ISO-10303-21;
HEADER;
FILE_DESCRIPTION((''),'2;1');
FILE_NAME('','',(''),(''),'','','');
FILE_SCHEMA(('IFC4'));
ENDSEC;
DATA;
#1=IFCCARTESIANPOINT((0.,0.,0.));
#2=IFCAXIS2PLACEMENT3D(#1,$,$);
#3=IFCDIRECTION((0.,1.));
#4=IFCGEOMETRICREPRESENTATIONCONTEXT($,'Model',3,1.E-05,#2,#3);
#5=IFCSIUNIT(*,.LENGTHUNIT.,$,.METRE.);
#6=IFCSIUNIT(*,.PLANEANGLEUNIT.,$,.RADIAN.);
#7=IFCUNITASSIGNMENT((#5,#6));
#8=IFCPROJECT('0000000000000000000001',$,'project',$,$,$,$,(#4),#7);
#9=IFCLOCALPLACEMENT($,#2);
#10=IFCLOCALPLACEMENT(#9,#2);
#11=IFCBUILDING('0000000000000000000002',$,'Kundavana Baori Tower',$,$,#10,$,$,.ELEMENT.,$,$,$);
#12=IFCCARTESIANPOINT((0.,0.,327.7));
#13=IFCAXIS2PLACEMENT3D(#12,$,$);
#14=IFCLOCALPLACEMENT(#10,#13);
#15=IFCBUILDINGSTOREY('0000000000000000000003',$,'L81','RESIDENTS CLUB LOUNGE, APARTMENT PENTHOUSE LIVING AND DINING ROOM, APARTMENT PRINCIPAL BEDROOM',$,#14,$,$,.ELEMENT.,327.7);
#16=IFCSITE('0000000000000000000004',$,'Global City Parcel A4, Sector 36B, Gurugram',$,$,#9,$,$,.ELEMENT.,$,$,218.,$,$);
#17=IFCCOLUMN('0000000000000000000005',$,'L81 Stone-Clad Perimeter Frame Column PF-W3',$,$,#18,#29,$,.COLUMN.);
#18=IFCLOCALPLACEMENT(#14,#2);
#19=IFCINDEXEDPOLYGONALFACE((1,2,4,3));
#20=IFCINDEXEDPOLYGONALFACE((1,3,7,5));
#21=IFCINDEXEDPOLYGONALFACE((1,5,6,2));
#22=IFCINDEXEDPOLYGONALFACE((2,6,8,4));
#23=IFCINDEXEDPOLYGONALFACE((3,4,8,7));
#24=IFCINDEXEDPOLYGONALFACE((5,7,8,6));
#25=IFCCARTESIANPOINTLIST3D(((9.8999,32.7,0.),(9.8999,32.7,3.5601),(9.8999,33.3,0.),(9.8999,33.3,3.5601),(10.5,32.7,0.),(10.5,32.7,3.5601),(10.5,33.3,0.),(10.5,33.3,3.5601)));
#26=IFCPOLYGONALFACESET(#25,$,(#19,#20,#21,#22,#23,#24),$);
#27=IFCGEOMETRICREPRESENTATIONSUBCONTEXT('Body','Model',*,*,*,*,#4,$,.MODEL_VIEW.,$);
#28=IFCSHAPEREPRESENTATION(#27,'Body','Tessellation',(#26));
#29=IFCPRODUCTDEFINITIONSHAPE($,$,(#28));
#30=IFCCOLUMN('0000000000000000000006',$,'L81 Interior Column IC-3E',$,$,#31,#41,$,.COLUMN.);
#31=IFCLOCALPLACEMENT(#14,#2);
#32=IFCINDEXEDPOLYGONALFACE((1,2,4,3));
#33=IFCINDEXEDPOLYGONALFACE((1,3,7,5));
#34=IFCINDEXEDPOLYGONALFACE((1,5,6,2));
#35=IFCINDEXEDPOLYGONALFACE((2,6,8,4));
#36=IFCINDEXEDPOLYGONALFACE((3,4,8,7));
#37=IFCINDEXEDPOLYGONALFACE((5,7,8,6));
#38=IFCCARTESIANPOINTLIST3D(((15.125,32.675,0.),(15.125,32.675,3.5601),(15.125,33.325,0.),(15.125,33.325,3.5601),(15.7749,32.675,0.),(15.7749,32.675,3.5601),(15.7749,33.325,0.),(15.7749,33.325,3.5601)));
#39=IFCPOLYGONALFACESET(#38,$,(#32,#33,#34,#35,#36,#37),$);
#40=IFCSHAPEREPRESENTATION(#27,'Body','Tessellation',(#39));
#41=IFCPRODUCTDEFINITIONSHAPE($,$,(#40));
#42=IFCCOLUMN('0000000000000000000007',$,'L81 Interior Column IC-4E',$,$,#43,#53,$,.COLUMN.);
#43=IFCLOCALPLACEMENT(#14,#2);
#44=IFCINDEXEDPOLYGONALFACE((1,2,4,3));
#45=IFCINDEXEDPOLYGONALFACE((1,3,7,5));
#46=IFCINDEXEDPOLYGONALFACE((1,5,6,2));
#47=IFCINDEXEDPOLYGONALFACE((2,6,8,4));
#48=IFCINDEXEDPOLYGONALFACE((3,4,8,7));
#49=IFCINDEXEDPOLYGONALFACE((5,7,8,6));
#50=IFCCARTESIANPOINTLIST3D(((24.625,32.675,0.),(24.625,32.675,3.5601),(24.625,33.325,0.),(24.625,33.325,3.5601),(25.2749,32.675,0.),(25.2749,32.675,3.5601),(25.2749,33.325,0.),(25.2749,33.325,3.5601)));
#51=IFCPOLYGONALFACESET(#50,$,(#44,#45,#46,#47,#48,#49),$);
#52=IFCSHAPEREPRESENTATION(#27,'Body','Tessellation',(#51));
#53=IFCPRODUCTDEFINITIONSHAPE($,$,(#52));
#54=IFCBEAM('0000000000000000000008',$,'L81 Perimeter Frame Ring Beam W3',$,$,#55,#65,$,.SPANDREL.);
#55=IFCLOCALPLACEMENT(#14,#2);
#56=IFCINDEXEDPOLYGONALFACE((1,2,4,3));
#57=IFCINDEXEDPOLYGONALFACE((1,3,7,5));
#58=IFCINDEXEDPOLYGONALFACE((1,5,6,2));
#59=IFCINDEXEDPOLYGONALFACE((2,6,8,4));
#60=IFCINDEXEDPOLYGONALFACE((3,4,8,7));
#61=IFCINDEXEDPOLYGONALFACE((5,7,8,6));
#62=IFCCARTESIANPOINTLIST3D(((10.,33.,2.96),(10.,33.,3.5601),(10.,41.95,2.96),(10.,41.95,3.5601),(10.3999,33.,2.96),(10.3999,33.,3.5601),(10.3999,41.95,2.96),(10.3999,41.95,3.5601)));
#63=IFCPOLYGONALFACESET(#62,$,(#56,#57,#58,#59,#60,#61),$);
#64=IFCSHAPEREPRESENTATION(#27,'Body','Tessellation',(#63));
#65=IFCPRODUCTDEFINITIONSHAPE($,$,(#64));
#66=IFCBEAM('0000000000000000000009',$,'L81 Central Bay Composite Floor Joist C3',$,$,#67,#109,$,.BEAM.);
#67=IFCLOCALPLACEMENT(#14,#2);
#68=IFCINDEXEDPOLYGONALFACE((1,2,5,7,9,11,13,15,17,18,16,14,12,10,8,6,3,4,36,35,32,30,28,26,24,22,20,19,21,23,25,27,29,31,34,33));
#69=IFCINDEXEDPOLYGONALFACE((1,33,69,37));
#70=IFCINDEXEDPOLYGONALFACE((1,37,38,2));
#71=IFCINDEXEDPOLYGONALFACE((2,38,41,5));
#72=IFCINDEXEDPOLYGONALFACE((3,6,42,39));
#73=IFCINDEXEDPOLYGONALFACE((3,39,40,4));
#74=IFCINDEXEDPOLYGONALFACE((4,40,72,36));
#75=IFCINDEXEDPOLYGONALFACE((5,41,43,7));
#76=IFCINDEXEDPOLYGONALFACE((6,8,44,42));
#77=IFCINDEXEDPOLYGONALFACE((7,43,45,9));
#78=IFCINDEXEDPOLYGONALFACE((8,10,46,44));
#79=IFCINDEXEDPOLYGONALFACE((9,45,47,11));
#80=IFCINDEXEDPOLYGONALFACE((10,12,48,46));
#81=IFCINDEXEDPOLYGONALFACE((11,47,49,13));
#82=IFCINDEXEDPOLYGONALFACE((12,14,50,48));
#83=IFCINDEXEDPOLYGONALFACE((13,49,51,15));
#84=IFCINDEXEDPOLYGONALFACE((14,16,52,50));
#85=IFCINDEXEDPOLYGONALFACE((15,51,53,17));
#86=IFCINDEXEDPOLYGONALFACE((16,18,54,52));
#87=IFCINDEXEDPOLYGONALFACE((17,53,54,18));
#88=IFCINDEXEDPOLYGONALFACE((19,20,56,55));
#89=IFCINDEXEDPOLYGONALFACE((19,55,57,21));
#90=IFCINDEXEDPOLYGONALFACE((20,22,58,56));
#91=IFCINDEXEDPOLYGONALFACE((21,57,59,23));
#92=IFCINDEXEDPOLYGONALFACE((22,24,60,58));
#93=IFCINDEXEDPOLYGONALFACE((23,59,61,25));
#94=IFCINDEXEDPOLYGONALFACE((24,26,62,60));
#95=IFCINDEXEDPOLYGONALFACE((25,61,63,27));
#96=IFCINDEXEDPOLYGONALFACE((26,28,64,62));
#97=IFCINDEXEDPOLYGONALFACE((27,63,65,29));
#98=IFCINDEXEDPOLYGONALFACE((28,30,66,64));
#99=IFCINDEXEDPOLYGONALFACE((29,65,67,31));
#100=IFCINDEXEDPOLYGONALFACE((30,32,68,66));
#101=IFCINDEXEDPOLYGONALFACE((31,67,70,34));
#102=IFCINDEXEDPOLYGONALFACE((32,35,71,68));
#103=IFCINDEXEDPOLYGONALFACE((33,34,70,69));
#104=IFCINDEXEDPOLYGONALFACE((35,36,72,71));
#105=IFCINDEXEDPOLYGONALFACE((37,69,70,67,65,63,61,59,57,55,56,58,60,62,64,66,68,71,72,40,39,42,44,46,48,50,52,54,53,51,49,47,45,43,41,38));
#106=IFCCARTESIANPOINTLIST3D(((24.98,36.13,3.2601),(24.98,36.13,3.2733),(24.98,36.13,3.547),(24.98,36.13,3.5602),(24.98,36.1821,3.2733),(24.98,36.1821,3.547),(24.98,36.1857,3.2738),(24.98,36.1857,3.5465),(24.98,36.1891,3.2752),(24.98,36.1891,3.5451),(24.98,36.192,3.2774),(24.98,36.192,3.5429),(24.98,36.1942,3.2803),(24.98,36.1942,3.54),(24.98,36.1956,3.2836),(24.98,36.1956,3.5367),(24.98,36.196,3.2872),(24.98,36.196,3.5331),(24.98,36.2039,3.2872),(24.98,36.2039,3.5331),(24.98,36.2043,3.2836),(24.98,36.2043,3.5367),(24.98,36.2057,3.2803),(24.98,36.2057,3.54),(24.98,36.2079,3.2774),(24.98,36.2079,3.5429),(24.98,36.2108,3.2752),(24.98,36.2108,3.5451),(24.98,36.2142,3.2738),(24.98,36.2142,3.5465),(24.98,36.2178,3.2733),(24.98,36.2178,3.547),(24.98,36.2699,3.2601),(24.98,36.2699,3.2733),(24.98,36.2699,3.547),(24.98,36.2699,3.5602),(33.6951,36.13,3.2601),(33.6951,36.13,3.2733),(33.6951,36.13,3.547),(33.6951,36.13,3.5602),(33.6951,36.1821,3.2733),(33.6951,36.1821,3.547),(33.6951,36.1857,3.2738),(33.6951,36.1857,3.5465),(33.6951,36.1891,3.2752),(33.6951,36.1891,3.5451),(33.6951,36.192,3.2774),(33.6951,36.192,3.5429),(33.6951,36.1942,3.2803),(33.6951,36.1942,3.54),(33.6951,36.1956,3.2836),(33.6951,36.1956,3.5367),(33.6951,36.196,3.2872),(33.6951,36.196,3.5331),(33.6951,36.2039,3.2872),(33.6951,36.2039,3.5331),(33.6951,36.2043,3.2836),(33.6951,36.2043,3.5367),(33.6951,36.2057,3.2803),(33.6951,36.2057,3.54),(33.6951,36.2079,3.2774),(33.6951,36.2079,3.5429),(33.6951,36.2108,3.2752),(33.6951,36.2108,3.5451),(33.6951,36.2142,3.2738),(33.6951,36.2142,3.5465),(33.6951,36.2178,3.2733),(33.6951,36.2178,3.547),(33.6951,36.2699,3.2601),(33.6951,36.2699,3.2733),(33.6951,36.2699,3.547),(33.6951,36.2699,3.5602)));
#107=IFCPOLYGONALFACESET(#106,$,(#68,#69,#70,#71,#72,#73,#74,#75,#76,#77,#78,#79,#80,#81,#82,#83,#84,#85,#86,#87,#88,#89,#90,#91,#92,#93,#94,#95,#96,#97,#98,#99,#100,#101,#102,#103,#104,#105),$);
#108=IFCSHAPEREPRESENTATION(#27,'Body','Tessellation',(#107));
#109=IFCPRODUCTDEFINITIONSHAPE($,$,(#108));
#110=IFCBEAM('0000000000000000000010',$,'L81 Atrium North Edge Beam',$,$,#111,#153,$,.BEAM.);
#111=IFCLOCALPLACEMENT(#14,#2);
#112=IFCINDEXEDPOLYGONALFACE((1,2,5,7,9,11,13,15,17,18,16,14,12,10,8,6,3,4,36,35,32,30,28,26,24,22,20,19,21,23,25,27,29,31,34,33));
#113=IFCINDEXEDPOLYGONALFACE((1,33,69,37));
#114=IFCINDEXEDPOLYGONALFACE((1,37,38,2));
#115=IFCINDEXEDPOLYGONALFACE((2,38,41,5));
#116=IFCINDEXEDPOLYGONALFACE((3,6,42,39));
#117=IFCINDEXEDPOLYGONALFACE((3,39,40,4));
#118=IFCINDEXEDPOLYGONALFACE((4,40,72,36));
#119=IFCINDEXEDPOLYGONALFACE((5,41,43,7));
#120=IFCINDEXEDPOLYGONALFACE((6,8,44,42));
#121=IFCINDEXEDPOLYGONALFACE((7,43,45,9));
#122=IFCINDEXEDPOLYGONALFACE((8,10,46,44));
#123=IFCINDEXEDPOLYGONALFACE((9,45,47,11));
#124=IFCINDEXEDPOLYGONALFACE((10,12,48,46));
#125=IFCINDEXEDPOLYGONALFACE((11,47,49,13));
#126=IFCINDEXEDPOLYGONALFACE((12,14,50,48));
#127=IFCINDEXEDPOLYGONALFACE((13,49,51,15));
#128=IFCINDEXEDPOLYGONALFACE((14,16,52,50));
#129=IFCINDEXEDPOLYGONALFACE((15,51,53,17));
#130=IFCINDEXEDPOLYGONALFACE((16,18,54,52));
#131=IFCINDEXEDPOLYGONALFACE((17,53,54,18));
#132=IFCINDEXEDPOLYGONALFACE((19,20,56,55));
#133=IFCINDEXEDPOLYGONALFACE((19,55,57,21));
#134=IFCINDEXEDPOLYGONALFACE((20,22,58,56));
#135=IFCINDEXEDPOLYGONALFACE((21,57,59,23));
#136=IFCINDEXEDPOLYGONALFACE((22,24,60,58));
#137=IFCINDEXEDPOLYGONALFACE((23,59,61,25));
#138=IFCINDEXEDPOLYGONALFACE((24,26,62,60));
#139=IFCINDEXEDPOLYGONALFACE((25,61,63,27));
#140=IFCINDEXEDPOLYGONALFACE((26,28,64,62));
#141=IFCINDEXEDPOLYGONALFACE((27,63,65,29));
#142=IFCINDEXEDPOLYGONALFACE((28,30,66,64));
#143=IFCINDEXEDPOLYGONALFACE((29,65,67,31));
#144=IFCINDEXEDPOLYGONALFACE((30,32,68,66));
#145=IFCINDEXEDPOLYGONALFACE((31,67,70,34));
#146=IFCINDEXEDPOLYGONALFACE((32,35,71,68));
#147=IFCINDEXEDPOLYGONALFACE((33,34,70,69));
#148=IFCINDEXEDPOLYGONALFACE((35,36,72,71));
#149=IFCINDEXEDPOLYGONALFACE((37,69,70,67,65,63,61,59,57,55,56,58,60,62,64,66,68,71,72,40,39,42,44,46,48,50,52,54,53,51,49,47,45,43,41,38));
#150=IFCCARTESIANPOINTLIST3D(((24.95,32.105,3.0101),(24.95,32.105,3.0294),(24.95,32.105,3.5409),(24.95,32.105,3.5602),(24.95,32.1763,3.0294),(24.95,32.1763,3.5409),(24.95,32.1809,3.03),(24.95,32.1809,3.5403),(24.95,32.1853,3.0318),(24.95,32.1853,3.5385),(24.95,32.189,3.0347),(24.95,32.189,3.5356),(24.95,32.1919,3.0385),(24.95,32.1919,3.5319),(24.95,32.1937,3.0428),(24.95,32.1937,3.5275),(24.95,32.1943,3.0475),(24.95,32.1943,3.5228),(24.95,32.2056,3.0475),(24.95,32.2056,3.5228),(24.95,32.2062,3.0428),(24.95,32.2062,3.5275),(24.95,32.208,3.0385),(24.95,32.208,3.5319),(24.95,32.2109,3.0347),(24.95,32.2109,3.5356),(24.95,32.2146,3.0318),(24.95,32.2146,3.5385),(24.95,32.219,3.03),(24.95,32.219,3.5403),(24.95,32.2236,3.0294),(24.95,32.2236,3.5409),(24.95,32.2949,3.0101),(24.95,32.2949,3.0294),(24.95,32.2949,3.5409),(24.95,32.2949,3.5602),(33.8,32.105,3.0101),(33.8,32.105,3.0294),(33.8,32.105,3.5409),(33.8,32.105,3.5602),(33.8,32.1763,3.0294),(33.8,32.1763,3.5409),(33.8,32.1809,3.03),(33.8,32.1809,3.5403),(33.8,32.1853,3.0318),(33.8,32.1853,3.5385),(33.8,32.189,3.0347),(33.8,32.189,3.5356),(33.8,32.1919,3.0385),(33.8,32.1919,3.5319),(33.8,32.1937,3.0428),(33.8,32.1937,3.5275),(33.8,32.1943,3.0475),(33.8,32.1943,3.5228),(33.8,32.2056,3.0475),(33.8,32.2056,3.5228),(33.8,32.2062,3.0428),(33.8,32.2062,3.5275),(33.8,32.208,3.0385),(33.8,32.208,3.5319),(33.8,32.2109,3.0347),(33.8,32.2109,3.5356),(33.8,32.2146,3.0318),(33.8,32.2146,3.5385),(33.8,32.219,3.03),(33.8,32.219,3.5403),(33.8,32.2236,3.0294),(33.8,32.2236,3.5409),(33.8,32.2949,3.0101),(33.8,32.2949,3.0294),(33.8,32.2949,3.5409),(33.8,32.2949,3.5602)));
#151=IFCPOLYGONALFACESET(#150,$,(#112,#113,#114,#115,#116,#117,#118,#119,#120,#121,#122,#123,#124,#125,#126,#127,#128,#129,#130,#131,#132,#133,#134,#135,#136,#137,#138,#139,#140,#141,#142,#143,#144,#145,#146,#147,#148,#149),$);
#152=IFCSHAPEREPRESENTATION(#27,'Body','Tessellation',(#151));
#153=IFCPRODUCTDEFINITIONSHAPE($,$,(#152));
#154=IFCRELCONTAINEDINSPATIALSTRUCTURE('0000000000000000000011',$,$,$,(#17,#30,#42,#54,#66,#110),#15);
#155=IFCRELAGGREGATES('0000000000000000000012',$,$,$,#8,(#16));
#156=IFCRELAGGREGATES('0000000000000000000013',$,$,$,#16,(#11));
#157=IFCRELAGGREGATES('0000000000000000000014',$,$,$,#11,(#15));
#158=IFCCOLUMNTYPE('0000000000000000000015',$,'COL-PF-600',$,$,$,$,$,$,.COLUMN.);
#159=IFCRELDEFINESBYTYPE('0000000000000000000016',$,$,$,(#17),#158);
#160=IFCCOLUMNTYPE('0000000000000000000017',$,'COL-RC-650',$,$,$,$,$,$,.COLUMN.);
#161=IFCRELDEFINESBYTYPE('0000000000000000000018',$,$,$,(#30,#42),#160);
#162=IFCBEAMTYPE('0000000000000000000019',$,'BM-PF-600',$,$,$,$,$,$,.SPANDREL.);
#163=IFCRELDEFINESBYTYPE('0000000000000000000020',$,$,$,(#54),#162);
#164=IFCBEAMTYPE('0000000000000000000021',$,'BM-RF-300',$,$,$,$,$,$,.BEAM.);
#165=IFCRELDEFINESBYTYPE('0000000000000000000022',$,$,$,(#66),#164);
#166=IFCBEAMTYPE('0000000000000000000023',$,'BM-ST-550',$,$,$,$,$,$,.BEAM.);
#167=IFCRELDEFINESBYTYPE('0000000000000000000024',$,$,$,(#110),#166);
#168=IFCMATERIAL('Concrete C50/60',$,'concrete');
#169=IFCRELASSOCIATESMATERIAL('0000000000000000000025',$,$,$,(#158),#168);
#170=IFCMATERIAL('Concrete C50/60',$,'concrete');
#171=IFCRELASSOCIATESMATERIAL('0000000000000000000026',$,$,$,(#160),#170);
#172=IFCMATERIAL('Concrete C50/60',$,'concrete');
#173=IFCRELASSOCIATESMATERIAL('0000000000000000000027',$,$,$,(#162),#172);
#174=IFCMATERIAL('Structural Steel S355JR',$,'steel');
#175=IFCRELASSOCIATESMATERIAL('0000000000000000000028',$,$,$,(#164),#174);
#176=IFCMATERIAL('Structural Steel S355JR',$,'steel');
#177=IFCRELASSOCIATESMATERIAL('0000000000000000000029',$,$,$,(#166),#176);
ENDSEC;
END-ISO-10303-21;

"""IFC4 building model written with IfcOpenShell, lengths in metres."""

from ifc_helpers import new_model, si_unit, direction, frame, origin, origin_2d, place, context, subcontext, project, spatial, rectangle, i_section, extrude, material, material_profile, profile_set, type_object, element, save


model = new_model("IFC4")

# Units and contexts
model_context = context("Model", 3, precision=1e-05, world=origin(), true_north=direction((0.0, 1.0)))
body_context = subcontext(model_context, "Body", "Model", "MODEL_VIEW")
ifc_project = project(units=[si_unit("LENGTHUNIT", "METRE"), si_unit("PLANEANGLEUNIT", "RADIAN")], contexts=[model_context])

# Site, building, storey
site_placement = place(None, origin())
site = spatial("IfcSite", under=ifc_project, at=site_placement, Name="Global City Parcel A4, Sector 36B, Gurugram", CompositionType="ELEMENT", RefElevation=218.0)
building_placement = place(site_placement, origin())
building = spatial("IfcBuilding", under=site, at=building_placement, Name="Kundavana Baori Tower", CompositionType="ELEMENT")
storey_placement = place(building_placement, frame((0.0, 0.0, 327.7)))
storey = spatial("IfcBuildingStorey", under=building, at=storey_placement, Name="L81", Description="RESIDENTS CLUB LOUNGE, APARTMENT PENTHOUSE LIVING AND DINING ROOM, APARTMENT PRINCIPAL BEDROOM", CompositionType="ELEMENT", Elevation=327.7)

# Columns
ifc_material_1 = material(Name="Concrete C50/60", Category="concrete")
ifc_material_profile_1 = material_profile(ifc_material_1, rectangle(XDim=0.6001, YDim=0.6001, at=origin_2d()), Name="RC PF 600x600")
ifc_profile_set_1 = profile_set([ifc_material_profile_1], Name="Concrete C50/60")
column_type_1 = type_object("IfcColumnType", Name="COL-PF-600", PredefinedType="COLUMN", material=ifc_profile_set_1)
column_placement = place(storey_placement, frame((10.2, 33.0, 0.0), z_axis=(0.0, 0.0, 1.0), x_axis=(1.0, 0.0, 0.0)))
element("IfcColumn", 1, at=column_placement, inside=storey, type_object=column_type_1, Name="L81 Stone-Clad Perimeter Frame Column PF-W3", PredefinedType="COLUMN", context=body_context, shape_type="SweptSolid", body=[
    extrude(rectangle(XDim=0.6001, YDim=0.6001, at=origin_2d()), origin(), (0.0, 0.0, 1.0), 3.5601),
])
ifc_material_2 = material(Name="Concrete C50/60", Category="concrete")
ifc_material_profile_2 = material_profile(ifc_material_2, rectangle(XDim=0.6499, YDim=0.6499, at=origin_2d()), Name="RC 650x650")
ifc_profile_set_2 = profile_set([ifc_material_profile_2], Name="Concrete C50/60")
column_type_2 = type_object("IfcColumnType", Name="COL-RC-650", PredefinedType="COLUMN", material=ifc_profile_set_2)
for number, where, z_axis, x_axis, name in (
    (2, (15.45, 33.0, 0.0), (0.0, 0.0, 1.0), (1.0, 0.0, 0.0), "L81 Interior Column IC-3E"),
    (3, (24.95, 33.0, 0.0), (0.0, 0.0, 1.0), (1.0, 0.0, 0.0), "L81 Interior Column IC-4E"),
):
    element("IfcColumn", number, at=place(storey_placement, frame(where, z_axis=z_axis, x_axis=x_axis)), inside=storey, type_object=column_type_2, Name=name, PredefinedType="COLUMN", context=body_context, shape_type="SweptSolid", body=[
        extrude(rectangle(XDim=0.6499, YDim=0.6499, at=origin_2d()), origin(), (0.0, 0.0, 1.0), 3.5601),
    ])

# Beams
ifc_material_3 = material(Name="Concrete C50/60", Category="concrete")
ifc_material_profile_3 = material_profile(ifc_material_3, rectangle(XDim=0.3999, YDim=0.6001, at=origin_2d()), Name="RC BM 400x600")
ifc_profile_set_3 = profile_set([ifc_material_profile_3], Name="Concrete C50/60")
beam_type_1 = type_object("IfcBeamType", Name="BM-PF-600", PredefinedType="SPANDREL", material=ifc_profile_set_3)
beam_1_placement = place(storey_placement, frame((10.2, 33.0, 3.26), z_axis=(0.0, 1.0, 0.0), x_axis=(-1.0, 0.0, 0.0)))
element("IfcBeam", 4, at=beam_1_placement, inside=storey, type_object=beam_type_1, Name="L81 Perimeter Frame Ring Beam W3", PredefinedType="SPANDREL", context=body_context, shape_type="SweptSolid", body=[
    extrude(rectangle(XDim=0.3999, YDim=0.6001, at=origin_2d()), origin(), (0.0, 0.0, 1.0), 8.95),
])
ifc_material_4 = material(Name="Structural Steel S355JR", Category="steel")
ifc_material_profile_4 = material_profile(ifc_material_4, i_section(OverallWidth=0.1399, OverallDepth=0.3, WebThickness=0.0078, FlangeThickness=0.0132, FilletRadius=0.0139, at=origin_2d()), Name="ISMB 300")
ifc_profile_set_4 = profile_set([ifc_material_profile_4], Name="Structural Steel S355JR")
beam_type_2 = type_object("IfcBeamType", Name="BM-RF-300", PredefinedType="BEAM", material=ifc_profile_set_4)
beam_2_placement = place(storey_placement, frame((24.98, 36.2, 3.4102), z_axis=(1.0, 0.0, 0.0), x_axis=(0.0, 1.0, 0.0)))
element("IfcBeam", 5, at=beam_2_placement, inside=storey, type_object=beam_type_2, Name="L81 Central Bay Composite Floor Joist C3", PredefinedType="BEAM", context=body_context, shape_type="SweptSolid", body=[
    extrude(i_section(OverallWidth=0.1399, OverallDepth=0.3, WebThickness=0.0078, FlangeThickness=0.0132, FilletRadius=0.0139, at=origin_2d()), origin(), (0.0, 0.0, 1.0), 8.7151),
])
ifc_material_5 = material(Name="Structural Steel S355JR", Category="steel")
ifc_material_profile_5 = material_profile(ifc_material_5, i_section(OverallWidth=0.1899, OverallDepth=0.55, WebThickness=0.0112, FlangeThickness=0.0193, FilletRadius=0.0181, at=origin_2d()), Name="ISMB 550")
ifc_profile_set_5 = profile_set([ifc_material_profile_5], Name="Structural Steel S355JR")
beam_type_3 = type_object("IfcBeamType", Name="BM-ST-550", PredefinedType="BEAM", material=ifc_profile_set_5)
beam_3_placement = place(storey_placement, frame((24.95, 32.2, 3.2852), z_axis=(1.0, 0.0, 0.0), x_axis=(0.0, 1.0, 0.0)))
element("IfcBeam", 6, at=beam_3_placement, inside=storey, type_object=beam_type_3, Name="L81 Atrium North Edge Beam", PredefinedType="BEAM", context=body_context, shape_type="SweptSolid", body=[
    extrude(i_section(OverallWidth=0.1899, OverallDepth=0.55, WebThickness=0.0112, FlangeThickness=0.0193, FilletRadius=0.0181, at=origin_2d()), origin(), (0.0, 0.0, 1.0), 8.8501),
])

save(model, "model.ifc")
